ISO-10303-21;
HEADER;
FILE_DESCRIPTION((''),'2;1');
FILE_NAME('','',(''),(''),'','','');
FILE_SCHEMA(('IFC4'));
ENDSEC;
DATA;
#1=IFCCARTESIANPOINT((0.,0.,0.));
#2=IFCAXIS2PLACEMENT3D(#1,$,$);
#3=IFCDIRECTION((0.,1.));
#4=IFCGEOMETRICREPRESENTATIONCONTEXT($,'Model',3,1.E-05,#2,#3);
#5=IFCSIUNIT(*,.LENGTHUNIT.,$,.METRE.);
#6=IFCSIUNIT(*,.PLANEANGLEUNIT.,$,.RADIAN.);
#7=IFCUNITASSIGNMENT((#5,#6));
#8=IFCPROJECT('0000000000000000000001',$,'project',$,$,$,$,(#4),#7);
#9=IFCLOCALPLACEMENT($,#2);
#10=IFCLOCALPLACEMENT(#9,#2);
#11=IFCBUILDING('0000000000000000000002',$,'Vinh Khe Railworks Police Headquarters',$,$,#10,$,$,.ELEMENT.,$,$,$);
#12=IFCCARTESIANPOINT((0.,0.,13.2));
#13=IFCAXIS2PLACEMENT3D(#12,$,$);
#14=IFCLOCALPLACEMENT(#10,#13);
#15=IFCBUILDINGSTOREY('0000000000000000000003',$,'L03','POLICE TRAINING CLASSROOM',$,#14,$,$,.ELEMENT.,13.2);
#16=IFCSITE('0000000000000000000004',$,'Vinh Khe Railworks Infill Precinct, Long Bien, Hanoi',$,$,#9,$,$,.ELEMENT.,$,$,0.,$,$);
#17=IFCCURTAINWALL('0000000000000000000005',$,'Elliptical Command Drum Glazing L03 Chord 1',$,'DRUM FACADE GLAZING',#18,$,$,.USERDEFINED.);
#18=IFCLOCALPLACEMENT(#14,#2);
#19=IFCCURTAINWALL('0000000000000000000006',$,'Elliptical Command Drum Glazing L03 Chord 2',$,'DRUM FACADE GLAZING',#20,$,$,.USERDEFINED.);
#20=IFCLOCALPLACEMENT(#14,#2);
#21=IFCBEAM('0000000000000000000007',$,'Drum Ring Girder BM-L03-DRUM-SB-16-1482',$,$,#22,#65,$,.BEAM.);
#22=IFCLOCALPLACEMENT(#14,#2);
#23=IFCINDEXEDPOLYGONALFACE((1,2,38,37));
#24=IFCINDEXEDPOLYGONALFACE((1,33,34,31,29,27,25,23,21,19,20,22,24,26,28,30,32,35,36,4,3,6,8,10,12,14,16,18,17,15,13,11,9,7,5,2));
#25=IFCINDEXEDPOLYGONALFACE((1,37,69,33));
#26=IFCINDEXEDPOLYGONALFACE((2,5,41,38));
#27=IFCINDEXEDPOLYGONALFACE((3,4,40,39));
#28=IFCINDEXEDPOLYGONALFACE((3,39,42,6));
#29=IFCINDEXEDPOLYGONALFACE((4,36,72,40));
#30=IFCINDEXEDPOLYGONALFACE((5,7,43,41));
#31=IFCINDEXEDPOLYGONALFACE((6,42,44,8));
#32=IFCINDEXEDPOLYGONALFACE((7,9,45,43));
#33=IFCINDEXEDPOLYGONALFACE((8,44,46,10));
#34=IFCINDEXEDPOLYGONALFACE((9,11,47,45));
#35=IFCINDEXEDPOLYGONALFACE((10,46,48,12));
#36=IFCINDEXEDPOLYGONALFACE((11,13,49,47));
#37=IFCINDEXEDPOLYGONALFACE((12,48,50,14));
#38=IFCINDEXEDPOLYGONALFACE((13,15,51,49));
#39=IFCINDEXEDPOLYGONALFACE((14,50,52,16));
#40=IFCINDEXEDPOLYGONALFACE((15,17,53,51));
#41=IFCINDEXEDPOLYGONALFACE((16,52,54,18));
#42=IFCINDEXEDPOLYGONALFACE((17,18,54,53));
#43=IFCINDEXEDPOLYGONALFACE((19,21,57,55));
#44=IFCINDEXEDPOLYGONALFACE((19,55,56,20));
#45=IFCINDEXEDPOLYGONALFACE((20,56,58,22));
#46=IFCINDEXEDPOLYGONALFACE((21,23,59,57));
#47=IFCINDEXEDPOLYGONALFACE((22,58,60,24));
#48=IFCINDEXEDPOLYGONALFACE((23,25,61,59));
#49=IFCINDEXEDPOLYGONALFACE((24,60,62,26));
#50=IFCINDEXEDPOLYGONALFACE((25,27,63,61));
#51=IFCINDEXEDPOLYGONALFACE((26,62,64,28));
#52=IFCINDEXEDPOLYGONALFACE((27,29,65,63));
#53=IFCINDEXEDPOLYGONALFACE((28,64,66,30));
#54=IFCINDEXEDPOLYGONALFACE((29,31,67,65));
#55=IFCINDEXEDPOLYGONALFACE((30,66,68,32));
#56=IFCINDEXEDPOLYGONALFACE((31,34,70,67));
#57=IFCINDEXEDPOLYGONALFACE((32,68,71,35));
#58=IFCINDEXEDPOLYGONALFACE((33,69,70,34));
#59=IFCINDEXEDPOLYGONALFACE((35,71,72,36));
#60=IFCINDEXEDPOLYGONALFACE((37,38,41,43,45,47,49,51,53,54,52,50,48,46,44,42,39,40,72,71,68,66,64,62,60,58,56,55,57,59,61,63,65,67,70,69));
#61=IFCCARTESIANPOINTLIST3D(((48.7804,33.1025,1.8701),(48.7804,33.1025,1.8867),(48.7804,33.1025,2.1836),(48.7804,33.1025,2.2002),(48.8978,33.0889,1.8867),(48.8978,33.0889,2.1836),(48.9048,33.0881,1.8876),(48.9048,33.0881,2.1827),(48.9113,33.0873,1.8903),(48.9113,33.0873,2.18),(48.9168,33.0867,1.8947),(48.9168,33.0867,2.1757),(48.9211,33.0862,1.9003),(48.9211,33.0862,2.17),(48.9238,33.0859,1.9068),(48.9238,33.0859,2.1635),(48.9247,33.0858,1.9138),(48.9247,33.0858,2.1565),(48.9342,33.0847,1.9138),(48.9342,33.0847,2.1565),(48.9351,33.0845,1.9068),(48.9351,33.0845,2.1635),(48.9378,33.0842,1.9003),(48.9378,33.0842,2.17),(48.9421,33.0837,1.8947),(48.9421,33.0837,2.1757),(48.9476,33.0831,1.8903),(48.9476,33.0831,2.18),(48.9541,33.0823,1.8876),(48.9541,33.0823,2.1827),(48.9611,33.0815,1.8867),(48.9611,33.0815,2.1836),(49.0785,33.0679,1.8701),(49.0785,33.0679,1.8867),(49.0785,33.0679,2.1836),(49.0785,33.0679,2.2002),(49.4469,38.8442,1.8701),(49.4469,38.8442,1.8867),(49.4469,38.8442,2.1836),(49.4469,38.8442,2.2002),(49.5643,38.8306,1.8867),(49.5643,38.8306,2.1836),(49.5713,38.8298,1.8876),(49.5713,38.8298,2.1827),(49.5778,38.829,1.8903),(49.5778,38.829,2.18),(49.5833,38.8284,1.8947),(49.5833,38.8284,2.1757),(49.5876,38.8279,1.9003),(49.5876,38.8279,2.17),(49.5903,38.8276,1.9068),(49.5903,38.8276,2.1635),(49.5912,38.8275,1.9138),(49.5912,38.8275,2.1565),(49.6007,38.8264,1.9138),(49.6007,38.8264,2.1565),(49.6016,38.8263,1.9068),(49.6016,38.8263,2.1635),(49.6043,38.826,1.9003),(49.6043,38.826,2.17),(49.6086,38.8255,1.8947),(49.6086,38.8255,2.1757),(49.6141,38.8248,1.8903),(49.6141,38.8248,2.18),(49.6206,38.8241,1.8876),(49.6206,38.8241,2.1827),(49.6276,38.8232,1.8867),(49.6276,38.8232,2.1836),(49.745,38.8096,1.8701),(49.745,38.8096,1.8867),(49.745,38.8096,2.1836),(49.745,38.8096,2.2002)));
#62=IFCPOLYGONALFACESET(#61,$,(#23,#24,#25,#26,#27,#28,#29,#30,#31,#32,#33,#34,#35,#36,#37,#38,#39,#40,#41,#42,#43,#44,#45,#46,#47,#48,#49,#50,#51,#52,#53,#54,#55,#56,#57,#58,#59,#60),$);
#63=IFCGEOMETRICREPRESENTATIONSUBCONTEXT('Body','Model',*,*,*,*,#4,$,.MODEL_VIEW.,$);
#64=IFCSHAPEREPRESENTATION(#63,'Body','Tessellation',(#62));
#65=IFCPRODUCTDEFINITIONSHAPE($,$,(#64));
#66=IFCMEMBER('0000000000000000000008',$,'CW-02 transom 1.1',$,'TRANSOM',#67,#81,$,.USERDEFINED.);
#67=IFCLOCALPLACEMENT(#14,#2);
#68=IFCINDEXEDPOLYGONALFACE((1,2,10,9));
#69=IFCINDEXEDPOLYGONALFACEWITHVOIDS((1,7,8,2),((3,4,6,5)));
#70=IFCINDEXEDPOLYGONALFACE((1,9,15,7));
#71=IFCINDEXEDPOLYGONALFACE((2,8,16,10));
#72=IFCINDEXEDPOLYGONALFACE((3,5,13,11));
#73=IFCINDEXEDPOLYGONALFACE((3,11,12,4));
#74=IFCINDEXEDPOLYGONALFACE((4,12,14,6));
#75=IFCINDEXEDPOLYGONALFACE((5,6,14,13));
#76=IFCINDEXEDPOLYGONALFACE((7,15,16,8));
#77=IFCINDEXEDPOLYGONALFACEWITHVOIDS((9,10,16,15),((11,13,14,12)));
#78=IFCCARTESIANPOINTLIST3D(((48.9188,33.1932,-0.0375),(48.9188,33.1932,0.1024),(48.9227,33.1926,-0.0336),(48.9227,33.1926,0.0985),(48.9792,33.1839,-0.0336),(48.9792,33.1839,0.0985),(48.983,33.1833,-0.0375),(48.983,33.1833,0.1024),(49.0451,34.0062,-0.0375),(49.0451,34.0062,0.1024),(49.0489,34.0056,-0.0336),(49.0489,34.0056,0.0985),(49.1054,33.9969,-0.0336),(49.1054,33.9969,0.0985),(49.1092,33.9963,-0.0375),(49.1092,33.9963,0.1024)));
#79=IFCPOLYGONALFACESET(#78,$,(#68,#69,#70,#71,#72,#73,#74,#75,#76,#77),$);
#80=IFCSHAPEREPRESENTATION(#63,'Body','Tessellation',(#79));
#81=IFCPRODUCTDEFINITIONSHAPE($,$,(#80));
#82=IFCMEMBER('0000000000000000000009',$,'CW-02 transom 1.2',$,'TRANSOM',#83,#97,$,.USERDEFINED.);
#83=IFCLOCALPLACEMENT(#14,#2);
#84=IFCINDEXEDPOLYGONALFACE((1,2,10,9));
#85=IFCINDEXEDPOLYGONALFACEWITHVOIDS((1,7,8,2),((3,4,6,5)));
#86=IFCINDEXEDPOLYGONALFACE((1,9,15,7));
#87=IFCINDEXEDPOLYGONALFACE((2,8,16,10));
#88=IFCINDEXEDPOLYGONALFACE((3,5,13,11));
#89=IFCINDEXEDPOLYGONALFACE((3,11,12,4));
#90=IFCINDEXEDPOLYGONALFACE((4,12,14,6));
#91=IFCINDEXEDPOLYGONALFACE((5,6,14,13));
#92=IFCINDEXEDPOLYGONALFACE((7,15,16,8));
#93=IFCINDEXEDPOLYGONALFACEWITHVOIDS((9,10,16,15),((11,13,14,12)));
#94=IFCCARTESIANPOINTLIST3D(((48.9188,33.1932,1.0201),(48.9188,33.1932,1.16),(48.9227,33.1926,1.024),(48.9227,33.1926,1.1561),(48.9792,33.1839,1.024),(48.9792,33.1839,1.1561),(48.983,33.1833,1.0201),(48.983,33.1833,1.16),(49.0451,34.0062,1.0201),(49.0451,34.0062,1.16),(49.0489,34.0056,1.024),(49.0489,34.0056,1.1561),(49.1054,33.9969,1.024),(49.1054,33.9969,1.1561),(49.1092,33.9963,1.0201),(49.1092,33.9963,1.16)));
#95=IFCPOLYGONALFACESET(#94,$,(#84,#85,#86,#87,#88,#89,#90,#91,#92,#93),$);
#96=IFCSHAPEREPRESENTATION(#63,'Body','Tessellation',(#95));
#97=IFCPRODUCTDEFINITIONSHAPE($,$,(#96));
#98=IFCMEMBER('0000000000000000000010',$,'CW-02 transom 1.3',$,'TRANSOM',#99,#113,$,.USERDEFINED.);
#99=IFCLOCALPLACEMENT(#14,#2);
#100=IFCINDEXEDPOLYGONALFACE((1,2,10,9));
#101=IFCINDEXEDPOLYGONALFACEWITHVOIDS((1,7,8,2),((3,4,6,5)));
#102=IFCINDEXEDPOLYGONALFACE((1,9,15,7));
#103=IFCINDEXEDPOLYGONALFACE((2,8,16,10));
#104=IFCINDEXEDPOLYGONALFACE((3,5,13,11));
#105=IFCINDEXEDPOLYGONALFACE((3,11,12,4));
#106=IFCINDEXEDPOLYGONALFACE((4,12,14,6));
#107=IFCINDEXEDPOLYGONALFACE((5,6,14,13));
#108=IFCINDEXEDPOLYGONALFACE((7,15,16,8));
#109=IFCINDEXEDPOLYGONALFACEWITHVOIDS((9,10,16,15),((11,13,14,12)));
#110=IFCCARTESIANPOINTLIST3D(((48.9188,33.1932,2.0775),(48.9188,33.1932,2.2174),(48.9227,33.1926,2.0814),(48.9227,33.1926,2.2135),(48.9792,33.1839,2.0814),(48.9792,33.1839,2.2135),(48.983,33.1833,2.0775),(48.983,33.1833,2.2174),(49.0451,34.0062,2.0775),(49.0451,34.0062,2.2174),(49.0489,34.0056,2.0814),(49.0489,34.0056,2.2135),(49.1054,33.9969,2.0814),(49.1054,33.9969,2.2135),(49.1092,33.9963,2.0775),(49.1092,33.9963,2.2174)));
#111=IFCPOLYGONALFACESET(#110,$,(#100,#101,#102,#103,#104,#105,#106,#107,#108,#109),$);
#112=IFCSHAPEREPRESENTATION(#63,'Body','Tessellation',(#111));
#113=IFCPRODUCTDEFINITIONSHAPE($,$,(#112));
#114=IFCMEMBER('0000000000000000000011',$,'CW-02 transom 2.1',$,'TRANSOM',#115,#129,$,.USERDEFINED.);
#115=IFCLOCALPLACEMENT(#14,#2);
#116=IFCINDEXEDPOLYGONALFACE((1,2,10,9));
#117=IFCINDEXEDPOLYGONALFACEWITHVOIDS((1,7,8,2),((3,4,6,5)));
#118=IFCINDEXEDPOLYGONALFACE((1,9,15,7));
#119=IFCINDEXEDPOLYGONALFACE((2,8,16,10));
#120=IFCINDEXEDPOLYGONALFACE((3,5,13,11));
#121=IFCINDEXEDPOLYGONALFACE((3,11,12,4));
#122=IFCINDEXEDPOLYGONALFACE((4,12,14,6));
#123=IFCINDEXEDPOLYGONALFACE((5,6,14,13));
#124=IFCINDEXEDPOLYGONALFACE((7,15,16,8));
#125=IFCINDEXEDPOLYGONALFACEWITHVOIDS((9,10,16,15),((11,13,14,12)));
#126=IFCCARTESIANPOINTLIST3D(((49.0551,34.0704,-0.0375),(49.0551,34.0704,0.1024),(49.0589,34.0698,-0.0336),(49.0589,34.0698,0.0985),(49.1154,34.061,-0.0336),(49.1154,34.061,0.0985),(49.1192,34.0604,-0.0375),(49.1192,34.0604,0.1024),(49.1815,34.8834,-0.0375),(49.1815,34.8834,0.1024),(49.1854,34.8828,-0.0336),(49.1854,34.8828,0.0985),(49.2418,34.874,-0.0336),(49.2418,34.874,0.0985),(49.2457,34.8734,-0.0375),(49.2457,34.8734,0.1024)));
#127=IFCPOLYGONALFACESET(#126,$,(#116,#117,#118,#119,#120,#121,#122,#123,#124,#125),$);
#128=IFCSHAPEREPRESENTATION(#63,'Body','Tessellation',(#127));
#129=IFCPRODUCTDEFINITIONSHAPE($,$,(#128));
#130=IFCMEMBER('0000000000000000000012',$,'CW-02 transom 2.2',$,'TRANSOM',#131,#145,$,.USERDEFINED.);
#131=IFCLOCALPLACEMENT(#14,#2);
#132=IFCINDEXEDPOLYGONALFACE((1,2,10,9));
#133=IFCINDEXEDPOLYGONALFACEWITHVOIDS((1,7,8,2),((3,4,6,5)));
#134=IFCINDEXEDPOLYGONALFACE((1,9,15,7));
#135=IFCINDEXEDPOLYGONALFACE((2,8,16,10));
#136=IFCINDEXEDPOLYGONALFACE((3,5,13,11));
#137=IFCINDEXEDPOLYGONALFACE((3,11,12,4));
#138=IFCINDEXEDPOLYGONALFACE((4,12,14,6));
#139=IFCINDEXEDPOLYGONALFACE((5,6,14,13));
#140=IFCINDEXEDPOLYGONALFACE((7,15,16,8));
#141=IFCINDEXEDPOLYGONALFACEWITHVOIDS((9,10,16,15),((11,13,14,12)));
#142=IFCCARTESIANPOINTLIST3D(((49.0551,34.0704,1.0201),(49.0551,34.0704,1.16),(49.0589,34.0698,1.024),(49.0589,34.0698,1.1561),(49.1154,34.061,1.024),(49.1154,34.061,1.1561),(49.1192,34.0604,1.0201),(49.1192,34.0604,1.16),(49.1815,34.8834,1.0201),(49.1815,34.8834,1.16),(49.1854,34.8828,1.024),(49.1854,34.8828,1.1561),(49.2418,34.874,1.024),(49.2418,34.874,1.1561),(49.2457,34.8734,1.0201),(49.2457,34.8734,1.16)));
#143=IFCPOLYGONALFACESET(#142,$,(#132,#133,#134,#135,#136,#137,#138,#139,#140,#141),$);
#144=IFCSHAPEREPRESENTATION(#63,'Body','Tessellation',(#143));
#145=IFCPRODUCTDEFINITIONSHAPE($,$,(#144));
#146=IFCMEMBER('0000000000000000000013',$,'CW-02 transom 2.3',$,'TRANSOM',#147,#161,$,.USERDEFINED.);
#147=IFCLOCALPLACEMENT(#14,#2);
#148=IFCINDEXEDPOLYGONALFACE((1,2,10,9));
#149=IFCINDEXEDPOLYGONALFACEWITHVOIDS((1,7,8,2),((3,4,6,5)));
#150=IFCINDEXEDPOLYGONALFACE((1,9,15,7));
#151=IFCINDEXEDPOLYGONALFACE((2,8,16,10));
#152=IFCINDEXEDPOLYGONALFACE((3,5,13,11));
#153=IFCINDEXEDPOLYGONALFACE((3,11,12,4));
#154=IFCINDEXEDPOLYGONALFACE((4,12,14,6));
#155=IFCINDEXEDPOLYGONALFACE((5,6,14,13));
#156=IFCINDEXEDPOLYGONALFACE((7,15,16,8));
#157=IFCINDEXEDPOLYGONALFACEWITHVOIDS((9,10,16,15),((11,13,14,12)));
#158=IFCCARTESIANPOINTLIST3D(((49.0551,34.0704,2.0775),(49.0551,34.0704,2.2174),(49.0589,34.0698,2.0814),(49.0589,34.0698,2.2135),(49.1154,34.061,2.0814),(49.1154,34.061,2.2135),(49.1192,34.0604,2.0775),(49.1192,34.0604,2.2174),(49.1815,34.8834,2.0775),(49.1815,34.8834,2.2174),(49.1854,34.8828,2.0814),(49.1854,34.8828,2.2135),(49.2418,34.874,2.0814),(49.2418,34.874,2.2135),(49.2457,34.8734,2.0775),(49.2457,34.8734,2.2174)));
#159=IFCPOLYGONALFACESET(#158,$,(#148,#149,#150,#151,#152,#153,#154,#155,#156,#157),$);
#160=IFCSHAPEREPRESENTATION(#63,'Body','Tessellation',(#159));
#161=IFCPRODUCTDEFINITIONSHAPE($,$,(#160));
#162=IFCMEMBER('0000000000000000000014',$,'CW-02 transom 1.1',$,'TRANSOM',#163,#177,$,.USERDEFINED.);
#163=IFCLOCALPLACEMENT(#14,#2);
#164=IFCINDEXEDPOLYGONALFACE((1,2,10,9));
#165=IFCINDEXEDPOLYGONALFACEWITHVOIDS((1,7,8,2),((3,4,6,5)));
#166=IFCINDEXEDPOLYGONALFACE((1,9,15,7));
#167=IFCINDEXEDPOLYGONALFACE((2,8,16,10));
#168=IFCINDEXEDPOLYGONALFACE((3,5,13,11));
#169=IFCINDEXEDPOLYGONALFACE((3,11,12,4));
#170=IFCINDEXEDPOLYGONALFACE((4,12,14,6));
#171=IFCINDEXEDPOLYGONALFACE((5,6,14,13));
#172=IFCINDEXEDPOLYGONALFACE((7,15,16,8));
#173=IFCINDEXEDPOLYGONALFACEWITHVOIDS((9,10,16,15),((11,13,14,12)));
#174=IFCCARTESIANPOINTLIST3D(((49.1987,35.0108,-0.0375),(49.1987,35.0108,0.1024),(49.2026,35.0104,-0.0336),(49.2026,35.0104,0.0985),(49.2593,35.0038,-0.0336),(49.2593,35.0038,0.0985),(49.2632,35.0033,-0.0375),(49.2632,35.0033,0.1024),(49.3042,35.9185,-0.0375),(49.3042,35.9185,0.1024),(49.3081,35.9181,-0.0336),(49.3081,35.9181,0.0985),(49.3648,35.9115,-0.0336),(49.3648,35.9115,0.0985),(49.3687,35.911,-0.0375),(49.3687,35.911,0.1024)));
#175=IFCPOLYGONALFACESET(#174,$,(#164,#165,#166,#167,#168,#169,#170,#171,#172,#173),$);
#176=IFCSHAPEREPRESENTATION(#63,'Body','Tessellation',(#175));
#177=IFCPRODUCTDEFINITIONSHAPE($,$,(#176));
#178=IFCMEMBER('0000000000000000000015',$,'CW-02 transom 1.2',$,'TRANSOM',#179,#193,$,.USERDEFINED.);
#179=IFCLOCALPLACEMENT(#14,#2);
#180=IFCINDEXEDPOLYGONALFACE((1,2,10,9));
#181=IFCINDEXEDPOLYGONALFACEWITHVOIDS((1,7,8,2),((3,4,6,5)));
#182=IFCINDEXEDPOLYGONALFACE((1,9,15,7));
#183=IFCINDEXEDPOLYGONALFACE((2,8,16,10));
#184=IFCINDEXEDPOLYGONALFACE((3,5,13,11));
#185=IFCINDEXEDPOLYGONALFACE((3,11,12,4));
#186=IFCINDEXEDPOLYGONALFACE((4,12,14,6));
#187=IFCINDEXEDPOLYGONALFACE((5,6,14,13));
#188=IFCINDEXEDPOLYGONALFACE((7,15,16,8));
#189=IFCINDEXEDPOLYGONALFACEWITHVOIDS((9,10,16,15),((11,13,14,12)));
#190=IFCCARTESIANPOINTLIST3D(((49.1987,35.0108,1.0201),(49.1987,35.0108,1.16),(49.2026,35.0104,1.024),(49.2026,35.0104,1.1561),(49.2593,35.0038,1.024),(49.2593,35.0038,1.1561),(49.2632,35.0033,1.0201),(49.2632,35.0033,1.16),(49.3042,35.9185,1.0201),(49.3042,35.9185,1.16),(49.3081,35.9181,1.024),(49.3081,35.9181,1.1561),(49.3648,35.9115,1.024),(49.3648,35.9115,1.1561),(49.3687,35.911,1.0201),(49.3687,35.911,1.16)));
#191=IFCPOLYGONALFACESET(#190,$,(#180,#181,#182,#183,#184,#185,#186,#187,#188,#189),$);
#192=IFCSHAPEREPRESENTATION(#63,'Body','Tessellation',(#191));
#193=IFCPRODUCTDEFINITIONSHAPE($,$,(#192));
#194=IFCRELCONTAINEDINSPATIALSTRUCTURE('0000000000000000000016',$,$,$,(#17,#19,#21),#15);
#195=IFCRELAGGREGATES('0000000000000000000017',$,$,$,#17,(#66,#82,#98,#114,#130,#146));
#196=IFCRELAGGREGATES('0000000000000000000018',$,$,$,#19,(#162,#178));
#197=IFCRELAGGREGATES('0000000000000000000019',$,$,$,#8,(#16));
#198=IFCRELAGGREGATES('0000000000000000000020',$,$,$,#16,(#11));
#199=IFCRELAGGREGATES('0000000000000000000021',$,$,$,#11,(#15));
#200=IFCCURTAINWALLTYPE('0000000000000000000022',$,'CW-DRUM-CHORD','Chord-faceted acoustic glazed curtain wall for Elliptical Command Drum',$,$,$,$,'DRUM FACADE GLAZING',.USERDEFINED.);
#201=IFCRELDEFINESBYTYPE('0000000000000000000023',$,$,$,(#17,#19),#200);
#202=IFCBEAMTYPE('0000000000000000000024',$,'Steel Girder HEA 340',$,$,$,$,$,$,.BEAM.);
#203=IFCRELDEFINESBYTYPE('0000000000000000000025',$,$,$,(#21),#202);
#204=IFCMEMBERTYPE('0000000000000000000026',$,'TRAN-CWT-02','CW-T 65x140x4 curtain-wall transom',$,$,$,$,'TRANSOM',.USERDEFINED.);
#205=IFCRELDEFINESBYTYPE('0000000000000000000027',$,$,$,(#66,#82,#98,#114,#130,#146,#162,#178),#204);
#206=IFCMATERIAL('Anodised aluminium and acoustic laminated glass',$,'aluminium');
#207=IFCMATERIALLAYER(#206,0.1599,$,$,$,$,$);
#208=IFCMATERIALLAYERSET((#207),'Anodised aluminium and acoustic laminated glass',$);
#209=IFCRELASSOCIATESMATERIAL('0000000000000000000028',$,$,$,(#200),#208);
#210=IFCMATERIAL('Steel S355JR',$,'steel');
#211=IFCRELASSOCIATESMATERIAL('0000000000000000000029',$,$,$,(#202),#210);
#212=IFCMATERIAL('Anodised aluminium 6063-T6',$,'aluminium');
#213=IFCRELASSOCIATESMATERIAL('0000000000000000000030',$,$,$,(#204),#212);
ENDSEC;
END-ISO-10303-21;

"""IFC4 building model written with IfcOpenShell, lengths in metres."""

from ifc_helpers import new_model, si_unit, direction, frame, origin, origin_2d, place, context, subcontext, project, spatial, hollow_rectangle, i_section, extrude, material, layer, layer_set, material_profile, profile_set, type_object, element, aggregate, save


model = new_model("IFC4")

# Units and contexts
model_context = context("Model", 3, precision=1e-05, world=origin(), true_north=direction((0.0, 1.0)))
body_context = subcontext(model_context, "Body", "Model", "MODEL_VIEW")
ifc_project = project(units=[si_unit("LENGTHUNIT", "METRE"), si_unit("PLANEANGLEUNIT", "RADIAN")], contexts=[model_context])

# Site, building, storey
site_placement = place(None, origin())
site = spatial("IfcSite", under=ifc_project, at=site_placement, Name="Vinh Khe Railworks Infill Precinct, Long Bien, Hanoi", CompositionType="ELEMENT", RefElevation=0.0)
building_placement = place(site_placement, origin())
building = spatial("IfcBuilding", under=site, at=building_placement, Name="Vinh Khe Railworks Police Headquarters", CompositionType="ELEMENT")
storey_placement = place(building_placement, frame((0.0, 0.0, 13.2)))
storey = spatial("IfcBuildingStorey", under=building, at=storey_placement, Name="L03", Description="POLICE TRAINING CLASSROOM", CompositionType="ELEMENT", Elevation=13.2)

# Curtain walls
ifc_material_1 = material(Name="Anodised aluminium and acoustic laminated glass", Category="aluminium")
ifc_layer_1 = layer(ifc_material_1, 0.1599)
ifc_layer_set_1 = layer_set([ifc_layer_1], Name="Anodised aluminium and acoustic laminated glass")
curtain_wall_type = type_object("IfcCurtainWallType", Name="CW-DRUM-CHORD", Description="Chord-faceted acoustic glazed curtain wall for Elliptical Command Drum", ElementType="DRUM FACADE GLAZING", PredefinedType="USERDEFINED", material=ifc_layer_set_1)
curtain_wall_1_placement = place(storey_placement, origin())
curtain_wall_1 = element("IfcCurtainWall", 1, at=curtain_wall_1_placement, inside=storey, type_object=curtain_wall_type, Name="Elliptical Command Drum Glazing L03 Chord 1", ObjectType="DRUM FACADE GLAZING", PredefinedType="USERDEFINED")
ifc_material_2 = material(Name="Anodised aluminium 6063-T6", Category="aluminium")
curtain_wall_2_placement = place(storey_placement, origin())
curtain_wall_2 = element("IfcCurtainWall", 2, at=curtain_wall_2_placement, inside=storey, type_object=curtain_wall_type, Name="Elliptical Command Drum Glazing L03 Chord 2", ObjectType="DRUM FACADE GLAZING", PredefinedType="USERDEFINED")

# Beam
ifc_material_3 = material(Name="Steel S355JR", Category="steel")
ifc_material_profile_1 = material_profile(ifc_material_3, i_section(OverallWidth=0.3, OverallDepth=0.3301, WebThickness=0.0095, FlangeThickness=0.0166, FilletRadius=0.0271, at=origin_2d()), Name="HEA 340")
ifc_profile_set_1 = profile_set([ifc_material_profile_1], Name="Steel S355JR")
beam_type = type_object("IfcBeamType", Name="Steel Girder HEA 340", PredefinedType="BEAM", material=ifc_profile_set_1)
beam_1_placement = place(storey_placement, frame((48.9294, 33.0852, 2.0352), z_axis=(0.115307, 0.99333, 0.0), x_axis=(-0.99333, 0.115307, 0.0)))
element("IfcBeam", 3, at=beam_1_placement, inside=storey, type_object=beam_type, Name="Drum Ring Girder BM-L03-DRUM-SB-16-1482", PredefinedType="BEAM", context=body_context, shape_type="SweptSolid", body=[
    extrude(i_section(OverallWidth=0.3, OverallDepth=0.3301, WebThickness=0.0095, FlangeThickness=0.0166, FilletRadius=0.0271, at=origin_2d()), origin(), (0.0, 0.0, 1.0), 5.7803),
])

# Members
ifc_material_profile_2 = material_profile(ifc_material_2, hollow_rectangle(XDim=0.0649, YDim=0.1399, WallThickness=0.0039, at=origin_2d()), Name="CW-T 65x140x4")
ifc_profile_set_2 = profile_set([ifc_material_profile_2], Name="Anodised aluminium 6063-T6")
member_type_1 = type_object("IfcMemberType", Name="TRAN-CWT-02", Description="CW-T 65x140x4 curtain-wall transom", ElementType="TRANSOM", PredefinedType="USERDEFINED", material=ifc_profile_set_2)
member_1_placement = place(storey_placement, frame((48.9509, 33.1882, 0.0325), z_axis=(0.153417, 0.988161, 0.0), x_axis=(-0.988161, 0.153417, 0.0)))
member_1 = element("IfcMember", 4, at=member_1_placement, type_object=member_type_1, Name="CW-02 transom 1.1", ObjectType="TRANSOM", PredefinedType="USERDEFINED", context=body_context, shape_type="SweptSolid", body=[
    extrude(hollow_rectangle(XDim=0.0649, YDim=0.1399, WallThickness=0.0039, at=origin_2d()), origin(), (0.0, 0.0, 1.0), 0.8228),
])
member_2_placement = place(storey_placement, frame((48.9509, 33.1882, 1.0901), z_axis=(0.153417, 0.988161, 0.0), x_axis=(-0.988161, 0.153417, 0.0)))
member_2 = element("IfcMember", 5, at=member_2_placement, type_object=member_type_1, Name="CW-02 transom 1.2", ObjectType="TRANSOM", PredefinedType="USERDEFINED", context=body_context, shape_type="SweptSolid", body=[
    extrude(hollow_rectangle(XDim=0.0649, YDim=0.1399, WallThickness=0.0039, at=origin_2d()), origin(), (0.0, 0.0, 1.0), 0.8228),
])
member_3_placement = place(storey_placement, frame((48.9509, 33.1882, 2.1475), z_axis=(0.153417, 0.988161, 0.0), x_axis=(-0.988161, 0.153417, 0.0)))
member_3 = element("IfcMember", 6, at=member_3_placement, type_object=member_type_1, Name="CW-02 transom 1.3", ObjectType="TRANSOM", PredefinedType="USERDEFINED", context=body_context, shape_type="SweptSolid", body=[
    extrude(hollow_rectangle(XDim=0.0649, YDim=0.1399, WallThickness=0.0039, at=origin_2d()), origin(), (0.0, 0.0, 1.0), 0.8228),
])
member_4_placement = place(storey_placement, frame((49.0872, 34.0654, 0.0325), z_axis=(0.153707, 0.988116, 0.0), x_axis=(-0.988116, 0.153707, 0.0)))
member_4 = element("IfcMember", 7, at=member_4_placement, type_object=member_type_1, Name="CW-02 transom 2.1", ObjectType="TRANSOM", PredefinedType="USERDEFINED", context=body_context, shape_type="SweptSolid", body=[
    extrude(hollow_rectangle(XDim=0.0649, YDim=0.1399, WallThickness=0.0039, at=origin_2d()), origin(), (0.0, 0.0, 1.0), 0.8228),
])
member_5_placement = place(storey_placement, frame((49.0872, 34.0654, 1.0901), z_axis=(0.153707, 0.988116, 0.0), x_axis=(-0.988116, 0.153707, 0.0)))
member_5 = element("IfcMember", 8, at=member_5_placement, type_object=member_type_1, Name="CW-02 transom 2.2", ObjectType="TRANSOM", PredefinedType="USERDEFINED", context=body_context, shape_type="SweptSolid", body=[
    extrude(hollow_rectangle(XDim=0.0649, YDim=0.1399, WallThickness=0.0039, at=origin_2d()), origin(), (0.0, 0.0, 1.0), 0.8228),
])
member_6_placement = place(storey_placement, frame((49.0872, 34.0654, 2.1475), z_axis=(0.153707, 0.988116, 0.0), x_axis=(-0.988116, 0.153707, 0.0)))
member_6 = element("IfcMember", 9, at=member_6_placement, type_object=member_type_1, Name="CW-02 transom 2.3", ObjectType="TRANSOM", PredefinedType="USERDEFINED", context=body_context, shape_type="SweptSolid", body=[
    extrude(hollow_rectangle(XDim=0.0649, YDim=0.1399, WallThickness=0.0039, at=origin_2d()), origin(), (0.0, 0.0, 1.0), 0.8228),
])
member_7_placement = place(storey_placement, frame((49.231, 35.0071, 0.0325), z_axis=(0.115415, 0.993317, 0.0), x_axis=(-0.993317, 0.115415, 0.0)))
member_7 = element("IfcMember", 10, at=member_7_placement, type_object=member_type_1, Name="CW-02 transom 1.1", ObjectType="TRANSOM", PredefinedType="USERDEFINED", context=body_context, shape_type="SweptSolid", body=[
    extrude(hollow_rectangle(XDim=0.0649, YDim=0.1399, WallThickness=0.0039, at=origin_2d()), origin(), (0.0, 0.0, 1.0), 0.9138),
])
member_8_placement = place(storey_placement, frame((49.231, 35.0071, 1.0901), z_axis=(0.115415, 0.993317, 0.0), x_axis=(-0.993317, 0.115415, 0.0)))
member_8 = element("IfcMember", 11, at=member_8_placement, type_object=member_type_1, Name="CW-02 transom 1.2", ObjectType="TRANSOM", PredefinedType="USERDEFINED", context=body_context, shape_type="SweptSolid", body=[
    extrude(hollow_rectangle(XDim=0.0649, YDim=0.1399, WallThickness=0.0039, at=origin_2d()), origin(), (0.0, 0.0, 1.0), 0.9138),
])

aggregate(curtain_wall_1, [member_1, member_2, member_3, member_4, member_5, member_6])
aggregate(curtain_wall_2, [member_7, member_8])

save(model, "model.ifc")
